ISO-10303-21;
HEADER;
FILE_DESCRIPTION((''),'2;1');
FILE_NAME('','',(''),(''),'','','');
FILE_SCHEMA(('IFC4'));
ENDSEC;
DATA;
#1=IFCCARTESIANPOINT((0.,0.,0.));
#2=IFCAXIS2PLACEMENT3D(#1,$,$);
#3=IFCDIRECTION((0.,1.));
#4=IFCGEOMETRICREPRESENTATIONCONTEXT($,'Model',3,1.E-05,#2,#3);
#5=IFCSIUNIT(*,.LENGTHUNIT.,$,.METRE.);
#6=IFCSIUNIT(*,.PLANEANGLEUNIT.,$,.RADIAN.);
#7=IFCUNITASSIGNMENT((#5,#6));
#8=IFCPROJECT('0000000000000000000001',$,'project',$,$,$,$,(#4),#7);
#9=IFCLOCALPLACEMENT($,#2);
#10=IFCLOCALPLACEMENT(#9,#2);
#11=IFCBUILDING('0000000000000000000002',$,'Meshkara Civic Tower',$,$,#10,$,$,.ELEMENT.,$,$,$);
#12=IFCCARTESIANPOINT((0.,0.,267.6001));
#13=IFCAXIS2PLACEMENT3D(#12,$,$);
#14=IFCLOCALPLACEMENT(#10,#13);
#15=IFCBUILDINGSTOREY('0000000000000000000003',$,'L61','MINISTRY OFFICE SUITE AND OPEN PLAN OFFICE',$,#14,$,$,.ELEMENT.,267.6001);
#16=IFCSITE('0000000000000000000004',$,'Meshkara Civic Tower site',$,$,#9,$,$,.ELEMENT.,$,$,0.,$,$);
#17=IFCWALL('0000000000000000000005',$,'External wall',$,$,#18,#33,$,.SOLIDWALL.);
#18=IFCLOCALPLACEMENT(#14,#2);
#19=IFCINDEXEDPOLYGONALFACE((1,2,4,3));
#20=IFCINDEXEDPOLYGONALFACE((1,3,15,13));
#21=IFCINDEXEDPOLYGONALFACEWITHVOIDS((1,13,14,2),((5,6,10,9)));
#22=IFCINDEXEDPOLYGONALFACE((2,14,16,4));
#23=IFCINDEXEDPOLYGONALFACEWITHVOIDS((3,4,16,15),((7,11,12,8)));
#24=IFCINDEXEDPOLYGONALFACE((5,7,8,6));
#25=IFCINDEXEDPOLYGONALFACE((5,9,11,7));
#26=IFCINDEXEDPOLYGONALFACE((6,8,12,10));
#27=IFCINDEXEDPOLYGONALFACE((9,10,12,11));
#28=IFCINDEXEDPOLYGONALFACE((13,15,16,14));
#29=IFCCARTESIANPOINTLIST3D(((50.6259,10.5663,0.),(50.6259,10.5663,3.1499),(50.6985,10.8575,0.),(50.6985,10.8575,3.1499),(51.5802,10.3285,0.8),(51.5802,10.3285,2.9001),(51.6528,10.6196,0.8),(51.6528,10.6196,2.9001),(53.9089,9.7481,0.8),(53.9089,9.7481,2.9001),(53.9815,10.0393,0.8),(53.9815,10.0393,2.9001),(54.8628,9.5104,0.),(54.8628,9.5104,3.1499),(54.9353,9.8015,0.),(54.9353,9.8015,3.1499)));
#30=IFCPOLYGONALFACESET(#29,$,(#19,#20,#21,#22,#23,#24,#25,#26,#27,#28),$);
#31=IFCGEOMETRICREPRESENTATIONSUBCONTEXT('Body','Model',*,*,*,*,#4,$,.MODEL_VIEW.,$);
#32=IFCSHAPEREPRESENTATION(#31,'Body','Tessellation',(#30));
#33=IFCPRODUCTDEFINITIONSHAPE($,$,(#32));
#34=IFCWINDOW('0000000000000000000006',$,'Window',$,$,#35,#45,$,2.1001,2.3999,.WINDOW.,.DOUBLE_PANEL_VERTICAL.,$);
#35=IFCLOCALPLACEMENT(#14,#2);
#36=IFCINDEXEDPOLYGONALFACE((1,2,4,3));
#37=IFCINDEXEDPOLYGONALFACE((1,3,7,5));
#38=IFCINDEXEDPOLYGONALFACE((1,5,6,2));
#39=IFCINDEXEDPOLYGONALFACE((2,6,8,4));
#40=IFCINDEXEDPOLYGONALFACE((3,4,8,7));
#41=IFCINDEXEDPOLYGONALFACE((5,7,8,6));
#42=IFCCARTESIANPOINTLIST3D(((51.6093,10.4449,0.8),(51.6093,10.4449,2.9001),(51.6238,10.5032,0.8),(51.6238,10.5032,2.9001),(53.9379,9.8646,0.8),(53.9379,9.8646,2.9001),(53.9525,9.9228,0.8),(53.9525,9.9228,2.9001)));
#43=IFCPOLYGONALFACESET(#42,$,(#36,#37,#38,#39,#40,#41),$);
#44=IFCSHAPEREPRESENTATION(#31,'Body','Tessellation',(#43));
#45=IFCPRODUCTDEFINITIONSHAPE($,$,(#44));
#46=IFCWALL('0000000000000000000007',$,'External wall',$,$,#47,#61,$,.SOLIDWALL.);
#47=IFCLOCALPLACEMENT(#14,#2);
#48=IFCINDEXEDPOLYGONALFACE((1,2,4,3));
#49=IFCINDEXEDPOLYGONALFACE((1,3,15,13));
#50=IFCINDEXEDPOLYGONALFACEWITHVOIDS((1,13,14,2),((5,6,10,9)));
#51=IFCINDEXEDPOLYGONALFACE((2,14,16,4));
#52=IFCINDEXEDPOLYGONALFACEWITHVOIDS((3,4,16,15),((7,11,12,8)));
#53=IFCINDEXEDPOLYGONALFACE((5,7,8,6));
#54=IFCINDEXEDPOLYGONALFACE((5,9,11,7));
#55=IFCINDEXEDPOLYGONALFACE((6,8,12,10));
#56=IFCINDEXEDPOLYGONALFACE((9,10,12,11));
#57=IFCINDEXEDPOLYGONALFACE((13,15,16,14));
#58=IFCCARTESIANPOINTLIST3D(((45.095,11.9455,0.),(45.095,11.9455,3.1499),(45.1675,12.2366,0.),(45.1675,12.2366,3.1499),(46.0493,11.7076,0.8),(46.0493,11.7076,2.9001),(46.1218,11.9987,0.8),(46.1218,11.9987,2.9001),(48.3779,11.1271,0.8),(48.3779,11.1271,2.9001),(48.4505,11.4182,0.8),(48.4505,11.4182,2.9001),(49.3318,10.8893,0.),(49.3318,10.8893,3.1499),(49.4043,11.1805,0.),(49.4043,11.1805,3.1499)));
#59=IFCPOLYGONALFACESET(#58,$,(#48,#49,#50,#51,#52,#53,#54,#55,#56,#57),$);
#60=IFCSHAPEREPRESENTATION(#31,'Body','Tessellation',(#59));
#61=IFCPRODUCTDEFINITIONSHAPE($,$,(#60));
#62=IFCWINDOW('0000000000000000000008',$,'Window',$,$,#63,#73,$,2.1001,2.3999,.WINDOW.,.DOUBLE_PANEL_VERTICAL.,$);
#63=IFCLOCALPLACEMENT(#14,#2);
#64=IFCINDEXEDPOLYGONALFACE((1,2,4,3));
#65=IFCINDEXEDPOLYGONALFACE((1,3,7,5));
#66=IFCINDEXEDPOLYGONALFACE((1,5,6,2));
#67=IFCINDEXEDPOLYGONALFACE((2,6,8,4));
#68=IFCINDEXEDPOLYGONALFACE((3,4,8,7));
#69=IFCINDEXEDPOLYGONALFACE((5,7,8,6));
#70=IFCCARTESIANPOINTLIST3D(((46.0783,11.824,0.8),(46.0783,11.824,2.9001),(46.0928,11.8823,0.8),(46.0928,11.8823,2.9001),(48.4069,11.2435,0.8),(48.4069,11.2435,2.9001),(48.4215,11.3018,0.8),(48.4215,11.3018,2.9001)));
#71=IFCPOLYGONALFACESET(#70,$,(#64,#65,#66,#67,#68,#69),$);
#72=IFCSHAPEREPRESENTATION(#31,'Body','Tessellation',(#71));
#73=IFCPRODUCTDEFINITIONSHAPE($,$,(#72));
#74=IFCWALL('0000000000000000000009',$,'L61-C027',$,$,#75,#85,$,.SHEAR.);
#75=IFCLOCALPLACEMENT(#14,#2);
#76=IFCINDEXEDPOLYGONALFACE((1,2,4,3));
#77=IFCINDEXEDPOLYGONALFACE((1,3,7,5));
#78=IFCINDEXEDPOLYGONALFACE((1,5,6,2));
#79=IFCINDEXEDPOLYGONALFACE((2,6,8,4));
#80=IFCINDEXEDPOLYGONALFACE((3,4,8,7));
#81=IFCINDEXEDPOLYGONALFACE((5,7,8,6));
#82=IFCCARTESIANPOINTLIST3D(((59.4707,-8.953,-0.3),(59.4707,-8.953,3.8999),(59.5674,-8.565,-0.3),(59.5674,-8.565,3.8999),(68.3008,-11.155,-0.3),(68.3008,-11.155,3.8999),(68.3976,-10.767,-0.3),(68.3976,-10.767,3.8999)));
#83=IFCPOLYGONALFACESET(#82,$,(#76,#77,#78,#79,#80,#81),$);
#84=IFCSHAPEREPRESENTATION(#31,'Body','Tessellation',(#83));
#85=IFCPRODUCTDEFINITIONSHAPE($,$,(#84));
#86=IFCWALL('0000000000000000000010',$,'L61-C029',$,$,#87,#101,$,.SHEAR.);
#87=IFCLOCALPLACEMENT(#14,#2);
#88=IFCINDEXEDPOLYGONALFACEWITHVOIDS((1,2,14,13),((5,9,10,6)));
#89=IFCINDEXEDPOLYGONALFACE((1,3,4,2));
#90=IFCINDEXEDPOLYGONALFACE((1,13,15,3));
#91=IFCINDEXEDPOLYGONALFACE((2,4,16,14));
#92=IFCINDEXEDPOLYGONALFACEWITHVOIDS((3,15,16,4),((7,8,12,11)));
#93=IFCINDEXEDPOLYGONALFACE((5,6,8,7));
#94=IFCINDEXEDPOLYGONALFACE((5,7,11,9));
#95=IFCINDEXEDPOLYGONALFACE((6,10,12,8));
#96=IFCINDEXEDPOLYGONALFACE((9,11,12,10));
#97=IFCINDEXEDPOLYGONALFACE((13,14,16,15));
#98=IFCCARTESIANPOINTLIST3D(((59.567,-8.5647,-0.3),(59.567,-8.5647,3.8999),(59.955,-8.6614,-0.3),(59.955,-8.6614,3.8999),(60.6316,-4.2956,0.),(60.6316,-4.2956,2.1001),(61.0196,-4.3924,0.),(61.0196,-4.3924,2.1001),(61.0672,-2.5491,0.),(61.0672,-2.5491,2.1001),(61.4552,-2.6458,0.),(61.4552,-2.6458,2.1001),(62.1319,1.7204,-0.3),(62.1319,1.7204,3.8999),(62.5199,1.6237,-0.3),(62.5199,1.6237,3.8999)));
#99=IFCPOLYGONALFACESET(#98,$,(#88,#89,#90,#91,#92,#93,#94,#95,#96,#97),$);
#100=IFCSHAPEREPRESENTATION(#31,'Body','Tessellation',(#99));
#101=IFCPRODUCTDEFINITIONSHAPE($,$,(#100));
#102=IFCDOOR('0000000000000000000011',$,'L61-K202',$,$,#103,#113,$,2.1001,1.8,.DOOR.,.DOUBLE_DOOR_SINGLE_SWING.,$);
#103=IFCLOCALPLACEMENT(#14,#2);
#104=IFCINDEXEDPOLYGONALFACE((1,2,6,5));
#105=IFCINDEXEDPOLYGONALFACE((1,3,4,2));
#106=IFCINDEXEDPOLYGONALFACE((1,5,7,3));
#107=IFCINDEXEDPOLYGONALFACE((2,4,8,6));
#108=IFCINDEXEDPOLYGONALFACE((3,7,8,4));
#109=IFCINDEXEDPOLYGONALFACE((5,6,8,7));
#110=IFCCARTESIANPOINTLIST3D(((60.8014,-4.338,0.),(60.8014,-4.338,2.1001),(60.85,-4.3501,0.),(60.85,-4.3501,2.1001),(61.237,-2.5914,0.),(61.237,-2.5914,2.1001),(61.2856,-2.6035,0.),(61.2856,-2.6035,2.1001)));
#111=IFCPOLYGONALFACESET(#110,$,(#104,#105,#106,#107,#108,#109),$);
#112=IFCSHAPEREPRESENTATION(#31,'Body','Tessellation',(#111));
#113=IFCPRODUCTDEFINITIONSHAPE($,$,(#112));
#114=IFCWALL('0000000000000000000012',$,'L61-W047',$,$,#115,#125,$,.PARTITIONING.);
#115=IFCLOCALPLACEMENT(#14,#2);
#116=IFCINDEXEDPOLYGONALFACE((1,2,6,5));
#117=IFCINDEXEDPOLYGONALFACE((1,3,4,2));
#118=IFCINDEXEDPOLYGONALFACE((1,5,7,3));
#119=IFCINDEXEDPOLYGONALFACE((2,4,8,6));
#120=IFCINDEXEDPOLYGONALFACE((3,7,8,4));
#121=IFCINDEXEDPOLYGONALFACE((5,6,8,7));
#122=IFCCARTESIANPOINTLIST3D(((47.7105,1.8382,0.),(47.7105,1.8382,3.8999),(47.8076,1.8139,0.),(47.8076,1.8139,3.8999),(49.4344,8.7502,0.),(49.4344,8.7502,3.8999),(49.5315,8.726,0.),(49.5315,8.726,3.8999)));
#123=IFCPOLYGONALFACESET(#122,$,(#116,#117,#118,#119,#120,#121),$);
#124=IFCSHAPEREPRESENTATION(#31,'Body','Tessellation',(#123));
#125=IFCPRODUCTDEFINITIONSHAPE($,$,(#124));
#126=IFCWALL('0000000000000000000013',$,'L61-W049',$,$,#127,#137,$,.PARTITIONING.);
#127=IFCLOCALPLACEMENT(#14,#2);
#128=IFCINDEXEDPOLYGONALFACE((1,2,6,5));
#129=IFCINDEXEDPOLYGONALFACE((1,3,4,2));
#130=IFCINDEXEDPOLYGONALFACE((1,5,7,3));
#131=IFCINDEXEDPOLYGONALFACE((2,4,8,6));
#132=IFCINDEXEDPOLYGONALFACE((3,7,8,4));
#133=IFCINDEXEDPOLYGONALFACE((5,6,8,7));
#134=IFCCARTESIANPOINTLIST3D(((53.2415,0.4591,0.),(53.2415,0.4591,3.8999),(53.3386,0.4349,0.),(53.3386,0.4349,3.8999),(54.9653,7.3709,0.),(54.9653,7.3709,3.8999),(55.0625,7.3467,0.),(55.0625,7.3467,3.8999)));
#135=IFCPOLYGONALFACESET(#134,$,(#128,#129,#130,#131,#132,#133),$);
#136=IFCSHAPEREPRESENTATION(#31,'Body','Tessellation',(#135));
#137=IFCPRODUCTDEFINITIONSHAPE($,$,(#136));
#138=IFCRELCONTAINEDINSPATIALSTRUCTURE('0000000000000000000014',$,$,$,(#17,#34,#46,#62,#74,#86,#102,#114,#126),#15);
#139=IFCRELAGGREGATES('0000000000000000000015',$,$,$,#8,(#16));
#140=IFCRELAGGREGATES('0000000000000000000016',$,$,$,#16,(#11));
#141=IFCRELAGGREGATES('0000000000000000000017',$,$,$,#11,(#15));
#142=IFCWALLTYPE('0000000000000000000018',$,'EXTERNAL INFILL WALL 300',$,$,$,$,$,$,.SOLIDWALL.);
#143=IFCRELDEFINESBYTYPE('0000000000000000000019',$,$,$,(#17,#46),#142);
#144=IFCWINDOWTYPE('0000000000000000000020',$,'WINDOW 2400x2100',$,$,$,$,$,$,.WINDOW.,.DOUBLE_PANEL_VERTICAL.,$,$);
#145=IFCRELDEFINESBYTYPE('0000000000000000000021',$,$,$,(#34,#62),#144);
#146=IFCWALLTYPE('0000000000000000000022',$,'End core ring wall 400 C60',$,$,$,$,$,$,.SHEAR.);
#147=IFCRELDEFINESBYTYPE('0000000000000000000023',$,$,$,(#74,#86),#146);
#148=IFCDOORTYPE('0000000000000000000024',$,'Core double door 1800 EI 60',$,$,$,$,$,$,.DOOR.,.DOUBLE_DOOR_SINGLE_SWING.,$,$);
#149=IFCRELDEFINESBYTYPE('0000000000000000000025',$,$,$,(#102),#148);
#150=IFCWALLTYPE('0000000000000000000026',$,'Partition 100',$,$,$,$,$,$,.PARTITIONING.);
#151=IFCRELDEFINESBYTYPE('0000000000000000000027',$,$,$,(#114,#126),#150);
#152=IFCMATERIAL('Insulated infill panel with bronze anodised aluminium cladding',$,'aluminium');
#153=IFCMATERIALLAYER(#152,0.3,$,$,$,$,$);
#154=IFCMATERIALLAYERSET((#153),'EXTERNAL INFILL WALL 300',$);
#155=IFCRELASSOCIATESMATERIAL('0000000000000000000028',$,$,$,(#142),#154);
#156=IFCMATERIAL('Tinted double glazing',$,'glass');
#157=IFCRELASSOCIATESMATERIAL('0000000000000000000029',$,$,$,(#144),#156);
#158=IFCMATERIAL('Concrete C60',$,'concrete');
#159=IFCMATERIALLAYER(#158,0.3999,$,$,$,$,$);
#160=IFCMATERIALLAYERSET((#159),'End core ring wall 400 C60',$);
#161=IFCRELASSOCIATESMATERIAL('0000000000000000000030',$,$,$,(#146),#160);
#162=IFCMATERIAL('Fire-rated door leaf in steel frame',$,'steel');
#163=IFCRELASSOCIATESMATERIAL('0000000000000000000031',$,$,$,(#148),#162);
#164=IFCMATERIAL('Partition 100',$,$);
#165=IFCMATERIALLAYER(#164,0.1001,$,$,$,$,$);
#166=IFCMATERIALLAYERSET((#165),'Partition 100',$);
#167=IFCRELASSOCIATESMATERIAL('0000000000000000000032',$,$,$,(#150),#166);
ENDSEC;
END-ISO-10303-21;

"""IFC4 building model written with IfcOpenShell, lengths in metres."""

from ifc_helpers import new_model, si_unit, direction, frame, frame_2d, origin, place, context, subcontext, project, spatial, rectangle, extrude, material, layer, layer_set, type_object, element, fill, save


model = new_model("IFC4")

# Units and contexts
model_context = context("Model", 3, precision=1e-05, world=origin(), true_north=direction((0.0, 1.0)))
body_context = subcontext(model_context, "Body", "Model", "MODEL_VIEW")
ifc_project = project(units=[si_unit("LENGTHUNIT", "METRE"), si_unit("PLANEANGLEUNIT", "RADIAN")], contexts=[model_context])

# Site, building, storey
site_placement = place(None, origin())
site = spatial("IfcSite", under=ifc_project, at=site_placement, Name="Meshkara Civic Tower site", CompositionType="ELEMENT", RefElevation=0.0)
building_placement = place(site_placement, origin())
building = spatial("IfcBuilding", under=site, at=building_placement, Name="Meshkara Civic Tower", CompositionType="ELEMENT")
storey_placement = place(building_placement, frame((0.0, 0.0, 267.6001)))
storey = spatial("IfcBuildingStorey", under=building, at=storey_placement, Name="L61", Description="MINISTRY OFFICE SUITE AND OPEN PLAN OFFICE", CompositionType="ELEMENT", Elevation=267.6001)

# Walls, openings, windows
ifc_material_1 = material(Name="Insulated infill panel with bronze anodised aluminium cladding", Category="aluminium")
ifc_layer_1 = layer(ifc_material_1, 0.3)
ifc_layer_set_1 = layer_set([ifc_layer_1], Name="EXTERNAL INFILL WALL 300")
wall_type_1 = type_object("IfcWallType", Name="EXTERNAL INFILL WALL 300", PredefinedType="SOLIDWALL", material=ifc_layer_set_1)
ifc_material_2 = material(Name="Tinted double glazing", Category="glass")
window_type = type_object("IfcWindowType", Name="WINDOW 2400x2100", PartitioningType="DOUBLE_PANEL_VERTICAL", PredefinedType="WINDOW", material=ifc_material_2)
wall_1_placement = place(storey_placement, frame((54.8989, 9.656, 0.0), z_axis=(0.0, 0.0, 1.0), x_axis=(-0.97032, 0.241825, 0.0)))
wall_1 = element("IfcWall", 1, at=wall_1_placement, inside=storey, type_object=wall_type_1, Name="External wall", PredefinedType="SOLIDWALL", context=body_context, shape_type="SweptSolid", body=[
    extrude(rectangle(XDim=4.3665, YDim=0.3, at=frame_2d((2.1831, 0.0))), origin(), (0.0, 0.0, 1.0), 3.1499),
])
opening_1_placement = place(wall_1_placement, frame((0.9829, 0.0, 0.8)))
opening_1 = element("IfcOpeningElement", 2, at=opening_1_placement, cuts=wall_1, PredefinedType="OPENING", context=body_context, shape_type="SweptSolid", body=[
    extrude(rectangle(XDim=2.3999, YDim=2.1001, at=frame_2d((1.2, 1.05))), frame((0.0, 0.1599, 0.0), z_axis=(0.0, -1.0, 0.0), x_axis=(1.0, 0.0, 0.0)), (0.0, 0.0, 1.0), 0.3201),
])
window_1_placement = place(opening_1_placement, origin())
window_1 = element("IfcWindow", 3, at=window_1_placement, inside=storey, type_object=window_type, Name="Window", OverallHeight=2.1001, OverallWidth=2.3999, PartitioningType="DOUBLE_PANEL_VERTICAL", PredefinedType="WINDOW", context=body_context, shape_type="SweptSolid", body=[
    extrude(rectangle(XDim=2.3999, YDim=2.1001, at=frame_2d((1.2, 1.05))), frame((0.0, 0.03, 0.0), z_axis=(0.0, -1.0, 0.0), x_axis=(1.0, 0.0, 0.0)), (0.0, 0.0, 1.0), 0.0601),
])
fill(opening_1, window_1)
wall_2_placement = place(storey_placement, frame((49.3679, 11.0349, 0.0), z_axis=(0.0, 0.0, 1.0), x_axis=(-0.970307, 0.241878, 0.0)))
wall_2 = element("IfcWall", 4, at=wall_2_placement, inside=storey, type_object=wall_type_1, Name="External wall", PredefinedType="SOLIDWALL", context=body_context, shape_type="SweptSolid", body=[
    extrude(rectangle(XDim=4.3665, YDim=0.3, at=frame_2d((2.1831, 0.0))), origin(), (0.0, 0.0, 1.0), 3.1499),
])
opening_2_placement = place(wall_2_placement, frame((0.9829, 0.0, 0.8)))
opening_2 = element("IfcOpeningElement", 5, at=opening_2_placement, cuts=wall_2, PredefinedType="OPENING", context=body_context, shape_type="SweptSolid", body=[
    extrude(rectangle(XDim=2.3999, YDim=2.1001, at=frame_2d((1.2, 1.05))), frame((0.0, 0.1599, 0.0), z_axis=(0.0, -1.0, 0.0), x_axis=(1.0, 0.0, 0.0)), (0.0, 0.0, 1.0), 0.3201),
])
window_2_placement = place(opening_2_placement, origin())
window_2 = element("IfcWindow", 6, at=window_2_placement, inside=storey, type_object=window_type, Name="Window", OverallHeight=2.1001, OverallWidth=2.3999, PartitioningType="DOUBLE_PANEL_VERTICAL", PredefinedType="WINDOW", context=body_context, shape_type="SweptSolid", body=[
    extrude(rectangle(XDim=2.3999, YDim=2.1001, at=frame_2d((1.2, 1.05))), frame((0.0, 0.03, 0.0), z_axis=(0.0, -1.0, 0.0), x_axis=(1.0, 0.0, 0.0)), (0.0, 0.0, 1.0), 0.0601),
])
fill(opening_2, window_2)

# Wall
ifc_material_3 = material(Name="Concrete C60", Category="concrete")
ifc_layer_2 = layer(ifc_material_3, 0.3999)
ifc_layer_set_2 = layer_set([ifc_layer_2], Name="End core ring wall 400 C60")
wall_type_2 = type_object("IfcWallType", Name="End core ring wall 400 C60", PredefinedType="SHEAR", material=ifc_layer_set_2)
wall_3_placement = place(storey_placement, frame((59.519, -8.759, -0.3), z_axis=(0.0, 0.0, 1.0), x_axis=(0.970288, -0.241955, 0.0)))
element("IfcWall", 7, at=wall_3_placement, inside=storey, type_object=wall_type_2, Name="L61-C027", PredefinedType="SHEAR", context=body_context, shape_type="SweptSolid", body=[
    extrude(rectangle(XDim=9.1006, YDim=0.3999, at=frame_2d((4.5503, 0.0))), origin(), (0.0, 0.0, 1.0), 4.2),
])

# Wall, opening, door
wall_4_placement = place(storey_placement, frame((59.761, -8.613, -0.3), z_axis=(0.0, 0.0, 1.0), x_axis=(0.241972, 0.970283, 0.0)))
wall_4 = element("IfcWall", 8, at=wall_4_placement, inside=storey, type_object=wall_type_2, Name="L61-C029", PredefinedType="SHEAR", context=body_context, shape_type="SweptSolid", body=[
    extrude(rectangle(XDim=10.6001, YDim=0.3999, at=frame_2d((5.3, 0.0))), origin(), (0.0, 0.0, 1.0), 4.2),
])
opening_3_placement = place(wall_4_placement, frame((4.3999, 0.0, 0.3)))
opening_3 = element("IfcOpeningElement", 9, at=opening_3_placement, cuts=wall_4, PredefinedType="OPENING", context=body_context, shape_type="SweptSolid", body=[
    extrude(rectangle(XDim=1.8, YDim=2.1001, at=frame_2d((0.8999, 1.05))), frame((0.0, 0.21, 0.0), z_axis=(0.0, -1.0, 0.0), x_axis=(1.0, 0.0, 0.0)), (0.0, 0.0, 1.0), 0.4199),
])
ifc_material_4 = material(Name="Fire-rated door leaf in steel frame", Category="steel")
door_type = type_object("IfcDoorType", Name="Core double door 1800 EI 60", OperationType="DOUBLE_DOOR_SINGLE_SWING", PredefinedType="DOOR", material=ifc_material_4)
door_placement = place(opening_3_placement, origin())
door = element("IfcDoor", 10, at=door_placement, inside=storey, type_object=door_type, Name="L61-K202", OperationType="DOUBLE_DOOR_SINGLE_SWING", OverallHeight=2.1001, OverallWidth=1.8, PredefinedType="DOOR", context=body_context, shape_type="SweptSolid", body=[
    extrude(rectangle(XDim=1.8, YDim=2.1001, at=frame_2d((0.8999, 1.05))), frame((0.0, 0.0249, 0.0), z_axis=(0.0, -1.0, 0.0), x_axis=(1.0, 0.0, 0.0)), (0.0, 0.0, 1.0), 0.05),
])
fill(opening_3, door)

# Walls
ifc_material_5 = material(Name="Partition 100")
ifc_layer_3 = layer(ifc_material_5, 0.1001)
ifc_layer_set_3 = layer_set([ifc_layer_3], Name="Partition 100")
wall_type_3 = type_object("IfcWallType", Name="Partition 100", PredefinedType="PARTITIONING", material=ifc_layer_set_3)
wall_5_placement = place(storey_placement, frame((47.759, 1.8259, 0.0), z_axis=(0.0, 0.0, 1.0), x_axis=(0.241987, 0.970279, 0.0)))
element("IfcWall", 11, at=wall_5_placement, inside=storey, type_object=wall_type_3, Name="L61-W047", PredefinedType="PARTITIONING", context=body_context, shape_type="SweptSolid", body=[
    extrude(rectangle(XDim=7.1238, YDim=0.1001, at=frame_2d((3.562, 0.0))), origin(), (0.0, 0.0, 1.0), 3.8999),
])
wall_6_placement = place(storey_placement, frame((53.29, 0.447, 0.0), z_axis=(0.0, 0.0, 1.0), x_axis=(0.241995, 0.970277, 0.0)))
element("IfcWall", 12, at=wall_6_placement, inside=storey, type_object=wall_type_3, Name="L61-W049", PredefinedType="PARTITIONING", context=body_context, shape_type="SweptSolid", body=[
    extrude(rectangle(XDim=7.1235, YDim=0.1001, at=frame_2d((3.5618, 0.0))), origin(), (0.0, 0.0, 1.0), 3.8999),
])

save(model, "model.ifc")
